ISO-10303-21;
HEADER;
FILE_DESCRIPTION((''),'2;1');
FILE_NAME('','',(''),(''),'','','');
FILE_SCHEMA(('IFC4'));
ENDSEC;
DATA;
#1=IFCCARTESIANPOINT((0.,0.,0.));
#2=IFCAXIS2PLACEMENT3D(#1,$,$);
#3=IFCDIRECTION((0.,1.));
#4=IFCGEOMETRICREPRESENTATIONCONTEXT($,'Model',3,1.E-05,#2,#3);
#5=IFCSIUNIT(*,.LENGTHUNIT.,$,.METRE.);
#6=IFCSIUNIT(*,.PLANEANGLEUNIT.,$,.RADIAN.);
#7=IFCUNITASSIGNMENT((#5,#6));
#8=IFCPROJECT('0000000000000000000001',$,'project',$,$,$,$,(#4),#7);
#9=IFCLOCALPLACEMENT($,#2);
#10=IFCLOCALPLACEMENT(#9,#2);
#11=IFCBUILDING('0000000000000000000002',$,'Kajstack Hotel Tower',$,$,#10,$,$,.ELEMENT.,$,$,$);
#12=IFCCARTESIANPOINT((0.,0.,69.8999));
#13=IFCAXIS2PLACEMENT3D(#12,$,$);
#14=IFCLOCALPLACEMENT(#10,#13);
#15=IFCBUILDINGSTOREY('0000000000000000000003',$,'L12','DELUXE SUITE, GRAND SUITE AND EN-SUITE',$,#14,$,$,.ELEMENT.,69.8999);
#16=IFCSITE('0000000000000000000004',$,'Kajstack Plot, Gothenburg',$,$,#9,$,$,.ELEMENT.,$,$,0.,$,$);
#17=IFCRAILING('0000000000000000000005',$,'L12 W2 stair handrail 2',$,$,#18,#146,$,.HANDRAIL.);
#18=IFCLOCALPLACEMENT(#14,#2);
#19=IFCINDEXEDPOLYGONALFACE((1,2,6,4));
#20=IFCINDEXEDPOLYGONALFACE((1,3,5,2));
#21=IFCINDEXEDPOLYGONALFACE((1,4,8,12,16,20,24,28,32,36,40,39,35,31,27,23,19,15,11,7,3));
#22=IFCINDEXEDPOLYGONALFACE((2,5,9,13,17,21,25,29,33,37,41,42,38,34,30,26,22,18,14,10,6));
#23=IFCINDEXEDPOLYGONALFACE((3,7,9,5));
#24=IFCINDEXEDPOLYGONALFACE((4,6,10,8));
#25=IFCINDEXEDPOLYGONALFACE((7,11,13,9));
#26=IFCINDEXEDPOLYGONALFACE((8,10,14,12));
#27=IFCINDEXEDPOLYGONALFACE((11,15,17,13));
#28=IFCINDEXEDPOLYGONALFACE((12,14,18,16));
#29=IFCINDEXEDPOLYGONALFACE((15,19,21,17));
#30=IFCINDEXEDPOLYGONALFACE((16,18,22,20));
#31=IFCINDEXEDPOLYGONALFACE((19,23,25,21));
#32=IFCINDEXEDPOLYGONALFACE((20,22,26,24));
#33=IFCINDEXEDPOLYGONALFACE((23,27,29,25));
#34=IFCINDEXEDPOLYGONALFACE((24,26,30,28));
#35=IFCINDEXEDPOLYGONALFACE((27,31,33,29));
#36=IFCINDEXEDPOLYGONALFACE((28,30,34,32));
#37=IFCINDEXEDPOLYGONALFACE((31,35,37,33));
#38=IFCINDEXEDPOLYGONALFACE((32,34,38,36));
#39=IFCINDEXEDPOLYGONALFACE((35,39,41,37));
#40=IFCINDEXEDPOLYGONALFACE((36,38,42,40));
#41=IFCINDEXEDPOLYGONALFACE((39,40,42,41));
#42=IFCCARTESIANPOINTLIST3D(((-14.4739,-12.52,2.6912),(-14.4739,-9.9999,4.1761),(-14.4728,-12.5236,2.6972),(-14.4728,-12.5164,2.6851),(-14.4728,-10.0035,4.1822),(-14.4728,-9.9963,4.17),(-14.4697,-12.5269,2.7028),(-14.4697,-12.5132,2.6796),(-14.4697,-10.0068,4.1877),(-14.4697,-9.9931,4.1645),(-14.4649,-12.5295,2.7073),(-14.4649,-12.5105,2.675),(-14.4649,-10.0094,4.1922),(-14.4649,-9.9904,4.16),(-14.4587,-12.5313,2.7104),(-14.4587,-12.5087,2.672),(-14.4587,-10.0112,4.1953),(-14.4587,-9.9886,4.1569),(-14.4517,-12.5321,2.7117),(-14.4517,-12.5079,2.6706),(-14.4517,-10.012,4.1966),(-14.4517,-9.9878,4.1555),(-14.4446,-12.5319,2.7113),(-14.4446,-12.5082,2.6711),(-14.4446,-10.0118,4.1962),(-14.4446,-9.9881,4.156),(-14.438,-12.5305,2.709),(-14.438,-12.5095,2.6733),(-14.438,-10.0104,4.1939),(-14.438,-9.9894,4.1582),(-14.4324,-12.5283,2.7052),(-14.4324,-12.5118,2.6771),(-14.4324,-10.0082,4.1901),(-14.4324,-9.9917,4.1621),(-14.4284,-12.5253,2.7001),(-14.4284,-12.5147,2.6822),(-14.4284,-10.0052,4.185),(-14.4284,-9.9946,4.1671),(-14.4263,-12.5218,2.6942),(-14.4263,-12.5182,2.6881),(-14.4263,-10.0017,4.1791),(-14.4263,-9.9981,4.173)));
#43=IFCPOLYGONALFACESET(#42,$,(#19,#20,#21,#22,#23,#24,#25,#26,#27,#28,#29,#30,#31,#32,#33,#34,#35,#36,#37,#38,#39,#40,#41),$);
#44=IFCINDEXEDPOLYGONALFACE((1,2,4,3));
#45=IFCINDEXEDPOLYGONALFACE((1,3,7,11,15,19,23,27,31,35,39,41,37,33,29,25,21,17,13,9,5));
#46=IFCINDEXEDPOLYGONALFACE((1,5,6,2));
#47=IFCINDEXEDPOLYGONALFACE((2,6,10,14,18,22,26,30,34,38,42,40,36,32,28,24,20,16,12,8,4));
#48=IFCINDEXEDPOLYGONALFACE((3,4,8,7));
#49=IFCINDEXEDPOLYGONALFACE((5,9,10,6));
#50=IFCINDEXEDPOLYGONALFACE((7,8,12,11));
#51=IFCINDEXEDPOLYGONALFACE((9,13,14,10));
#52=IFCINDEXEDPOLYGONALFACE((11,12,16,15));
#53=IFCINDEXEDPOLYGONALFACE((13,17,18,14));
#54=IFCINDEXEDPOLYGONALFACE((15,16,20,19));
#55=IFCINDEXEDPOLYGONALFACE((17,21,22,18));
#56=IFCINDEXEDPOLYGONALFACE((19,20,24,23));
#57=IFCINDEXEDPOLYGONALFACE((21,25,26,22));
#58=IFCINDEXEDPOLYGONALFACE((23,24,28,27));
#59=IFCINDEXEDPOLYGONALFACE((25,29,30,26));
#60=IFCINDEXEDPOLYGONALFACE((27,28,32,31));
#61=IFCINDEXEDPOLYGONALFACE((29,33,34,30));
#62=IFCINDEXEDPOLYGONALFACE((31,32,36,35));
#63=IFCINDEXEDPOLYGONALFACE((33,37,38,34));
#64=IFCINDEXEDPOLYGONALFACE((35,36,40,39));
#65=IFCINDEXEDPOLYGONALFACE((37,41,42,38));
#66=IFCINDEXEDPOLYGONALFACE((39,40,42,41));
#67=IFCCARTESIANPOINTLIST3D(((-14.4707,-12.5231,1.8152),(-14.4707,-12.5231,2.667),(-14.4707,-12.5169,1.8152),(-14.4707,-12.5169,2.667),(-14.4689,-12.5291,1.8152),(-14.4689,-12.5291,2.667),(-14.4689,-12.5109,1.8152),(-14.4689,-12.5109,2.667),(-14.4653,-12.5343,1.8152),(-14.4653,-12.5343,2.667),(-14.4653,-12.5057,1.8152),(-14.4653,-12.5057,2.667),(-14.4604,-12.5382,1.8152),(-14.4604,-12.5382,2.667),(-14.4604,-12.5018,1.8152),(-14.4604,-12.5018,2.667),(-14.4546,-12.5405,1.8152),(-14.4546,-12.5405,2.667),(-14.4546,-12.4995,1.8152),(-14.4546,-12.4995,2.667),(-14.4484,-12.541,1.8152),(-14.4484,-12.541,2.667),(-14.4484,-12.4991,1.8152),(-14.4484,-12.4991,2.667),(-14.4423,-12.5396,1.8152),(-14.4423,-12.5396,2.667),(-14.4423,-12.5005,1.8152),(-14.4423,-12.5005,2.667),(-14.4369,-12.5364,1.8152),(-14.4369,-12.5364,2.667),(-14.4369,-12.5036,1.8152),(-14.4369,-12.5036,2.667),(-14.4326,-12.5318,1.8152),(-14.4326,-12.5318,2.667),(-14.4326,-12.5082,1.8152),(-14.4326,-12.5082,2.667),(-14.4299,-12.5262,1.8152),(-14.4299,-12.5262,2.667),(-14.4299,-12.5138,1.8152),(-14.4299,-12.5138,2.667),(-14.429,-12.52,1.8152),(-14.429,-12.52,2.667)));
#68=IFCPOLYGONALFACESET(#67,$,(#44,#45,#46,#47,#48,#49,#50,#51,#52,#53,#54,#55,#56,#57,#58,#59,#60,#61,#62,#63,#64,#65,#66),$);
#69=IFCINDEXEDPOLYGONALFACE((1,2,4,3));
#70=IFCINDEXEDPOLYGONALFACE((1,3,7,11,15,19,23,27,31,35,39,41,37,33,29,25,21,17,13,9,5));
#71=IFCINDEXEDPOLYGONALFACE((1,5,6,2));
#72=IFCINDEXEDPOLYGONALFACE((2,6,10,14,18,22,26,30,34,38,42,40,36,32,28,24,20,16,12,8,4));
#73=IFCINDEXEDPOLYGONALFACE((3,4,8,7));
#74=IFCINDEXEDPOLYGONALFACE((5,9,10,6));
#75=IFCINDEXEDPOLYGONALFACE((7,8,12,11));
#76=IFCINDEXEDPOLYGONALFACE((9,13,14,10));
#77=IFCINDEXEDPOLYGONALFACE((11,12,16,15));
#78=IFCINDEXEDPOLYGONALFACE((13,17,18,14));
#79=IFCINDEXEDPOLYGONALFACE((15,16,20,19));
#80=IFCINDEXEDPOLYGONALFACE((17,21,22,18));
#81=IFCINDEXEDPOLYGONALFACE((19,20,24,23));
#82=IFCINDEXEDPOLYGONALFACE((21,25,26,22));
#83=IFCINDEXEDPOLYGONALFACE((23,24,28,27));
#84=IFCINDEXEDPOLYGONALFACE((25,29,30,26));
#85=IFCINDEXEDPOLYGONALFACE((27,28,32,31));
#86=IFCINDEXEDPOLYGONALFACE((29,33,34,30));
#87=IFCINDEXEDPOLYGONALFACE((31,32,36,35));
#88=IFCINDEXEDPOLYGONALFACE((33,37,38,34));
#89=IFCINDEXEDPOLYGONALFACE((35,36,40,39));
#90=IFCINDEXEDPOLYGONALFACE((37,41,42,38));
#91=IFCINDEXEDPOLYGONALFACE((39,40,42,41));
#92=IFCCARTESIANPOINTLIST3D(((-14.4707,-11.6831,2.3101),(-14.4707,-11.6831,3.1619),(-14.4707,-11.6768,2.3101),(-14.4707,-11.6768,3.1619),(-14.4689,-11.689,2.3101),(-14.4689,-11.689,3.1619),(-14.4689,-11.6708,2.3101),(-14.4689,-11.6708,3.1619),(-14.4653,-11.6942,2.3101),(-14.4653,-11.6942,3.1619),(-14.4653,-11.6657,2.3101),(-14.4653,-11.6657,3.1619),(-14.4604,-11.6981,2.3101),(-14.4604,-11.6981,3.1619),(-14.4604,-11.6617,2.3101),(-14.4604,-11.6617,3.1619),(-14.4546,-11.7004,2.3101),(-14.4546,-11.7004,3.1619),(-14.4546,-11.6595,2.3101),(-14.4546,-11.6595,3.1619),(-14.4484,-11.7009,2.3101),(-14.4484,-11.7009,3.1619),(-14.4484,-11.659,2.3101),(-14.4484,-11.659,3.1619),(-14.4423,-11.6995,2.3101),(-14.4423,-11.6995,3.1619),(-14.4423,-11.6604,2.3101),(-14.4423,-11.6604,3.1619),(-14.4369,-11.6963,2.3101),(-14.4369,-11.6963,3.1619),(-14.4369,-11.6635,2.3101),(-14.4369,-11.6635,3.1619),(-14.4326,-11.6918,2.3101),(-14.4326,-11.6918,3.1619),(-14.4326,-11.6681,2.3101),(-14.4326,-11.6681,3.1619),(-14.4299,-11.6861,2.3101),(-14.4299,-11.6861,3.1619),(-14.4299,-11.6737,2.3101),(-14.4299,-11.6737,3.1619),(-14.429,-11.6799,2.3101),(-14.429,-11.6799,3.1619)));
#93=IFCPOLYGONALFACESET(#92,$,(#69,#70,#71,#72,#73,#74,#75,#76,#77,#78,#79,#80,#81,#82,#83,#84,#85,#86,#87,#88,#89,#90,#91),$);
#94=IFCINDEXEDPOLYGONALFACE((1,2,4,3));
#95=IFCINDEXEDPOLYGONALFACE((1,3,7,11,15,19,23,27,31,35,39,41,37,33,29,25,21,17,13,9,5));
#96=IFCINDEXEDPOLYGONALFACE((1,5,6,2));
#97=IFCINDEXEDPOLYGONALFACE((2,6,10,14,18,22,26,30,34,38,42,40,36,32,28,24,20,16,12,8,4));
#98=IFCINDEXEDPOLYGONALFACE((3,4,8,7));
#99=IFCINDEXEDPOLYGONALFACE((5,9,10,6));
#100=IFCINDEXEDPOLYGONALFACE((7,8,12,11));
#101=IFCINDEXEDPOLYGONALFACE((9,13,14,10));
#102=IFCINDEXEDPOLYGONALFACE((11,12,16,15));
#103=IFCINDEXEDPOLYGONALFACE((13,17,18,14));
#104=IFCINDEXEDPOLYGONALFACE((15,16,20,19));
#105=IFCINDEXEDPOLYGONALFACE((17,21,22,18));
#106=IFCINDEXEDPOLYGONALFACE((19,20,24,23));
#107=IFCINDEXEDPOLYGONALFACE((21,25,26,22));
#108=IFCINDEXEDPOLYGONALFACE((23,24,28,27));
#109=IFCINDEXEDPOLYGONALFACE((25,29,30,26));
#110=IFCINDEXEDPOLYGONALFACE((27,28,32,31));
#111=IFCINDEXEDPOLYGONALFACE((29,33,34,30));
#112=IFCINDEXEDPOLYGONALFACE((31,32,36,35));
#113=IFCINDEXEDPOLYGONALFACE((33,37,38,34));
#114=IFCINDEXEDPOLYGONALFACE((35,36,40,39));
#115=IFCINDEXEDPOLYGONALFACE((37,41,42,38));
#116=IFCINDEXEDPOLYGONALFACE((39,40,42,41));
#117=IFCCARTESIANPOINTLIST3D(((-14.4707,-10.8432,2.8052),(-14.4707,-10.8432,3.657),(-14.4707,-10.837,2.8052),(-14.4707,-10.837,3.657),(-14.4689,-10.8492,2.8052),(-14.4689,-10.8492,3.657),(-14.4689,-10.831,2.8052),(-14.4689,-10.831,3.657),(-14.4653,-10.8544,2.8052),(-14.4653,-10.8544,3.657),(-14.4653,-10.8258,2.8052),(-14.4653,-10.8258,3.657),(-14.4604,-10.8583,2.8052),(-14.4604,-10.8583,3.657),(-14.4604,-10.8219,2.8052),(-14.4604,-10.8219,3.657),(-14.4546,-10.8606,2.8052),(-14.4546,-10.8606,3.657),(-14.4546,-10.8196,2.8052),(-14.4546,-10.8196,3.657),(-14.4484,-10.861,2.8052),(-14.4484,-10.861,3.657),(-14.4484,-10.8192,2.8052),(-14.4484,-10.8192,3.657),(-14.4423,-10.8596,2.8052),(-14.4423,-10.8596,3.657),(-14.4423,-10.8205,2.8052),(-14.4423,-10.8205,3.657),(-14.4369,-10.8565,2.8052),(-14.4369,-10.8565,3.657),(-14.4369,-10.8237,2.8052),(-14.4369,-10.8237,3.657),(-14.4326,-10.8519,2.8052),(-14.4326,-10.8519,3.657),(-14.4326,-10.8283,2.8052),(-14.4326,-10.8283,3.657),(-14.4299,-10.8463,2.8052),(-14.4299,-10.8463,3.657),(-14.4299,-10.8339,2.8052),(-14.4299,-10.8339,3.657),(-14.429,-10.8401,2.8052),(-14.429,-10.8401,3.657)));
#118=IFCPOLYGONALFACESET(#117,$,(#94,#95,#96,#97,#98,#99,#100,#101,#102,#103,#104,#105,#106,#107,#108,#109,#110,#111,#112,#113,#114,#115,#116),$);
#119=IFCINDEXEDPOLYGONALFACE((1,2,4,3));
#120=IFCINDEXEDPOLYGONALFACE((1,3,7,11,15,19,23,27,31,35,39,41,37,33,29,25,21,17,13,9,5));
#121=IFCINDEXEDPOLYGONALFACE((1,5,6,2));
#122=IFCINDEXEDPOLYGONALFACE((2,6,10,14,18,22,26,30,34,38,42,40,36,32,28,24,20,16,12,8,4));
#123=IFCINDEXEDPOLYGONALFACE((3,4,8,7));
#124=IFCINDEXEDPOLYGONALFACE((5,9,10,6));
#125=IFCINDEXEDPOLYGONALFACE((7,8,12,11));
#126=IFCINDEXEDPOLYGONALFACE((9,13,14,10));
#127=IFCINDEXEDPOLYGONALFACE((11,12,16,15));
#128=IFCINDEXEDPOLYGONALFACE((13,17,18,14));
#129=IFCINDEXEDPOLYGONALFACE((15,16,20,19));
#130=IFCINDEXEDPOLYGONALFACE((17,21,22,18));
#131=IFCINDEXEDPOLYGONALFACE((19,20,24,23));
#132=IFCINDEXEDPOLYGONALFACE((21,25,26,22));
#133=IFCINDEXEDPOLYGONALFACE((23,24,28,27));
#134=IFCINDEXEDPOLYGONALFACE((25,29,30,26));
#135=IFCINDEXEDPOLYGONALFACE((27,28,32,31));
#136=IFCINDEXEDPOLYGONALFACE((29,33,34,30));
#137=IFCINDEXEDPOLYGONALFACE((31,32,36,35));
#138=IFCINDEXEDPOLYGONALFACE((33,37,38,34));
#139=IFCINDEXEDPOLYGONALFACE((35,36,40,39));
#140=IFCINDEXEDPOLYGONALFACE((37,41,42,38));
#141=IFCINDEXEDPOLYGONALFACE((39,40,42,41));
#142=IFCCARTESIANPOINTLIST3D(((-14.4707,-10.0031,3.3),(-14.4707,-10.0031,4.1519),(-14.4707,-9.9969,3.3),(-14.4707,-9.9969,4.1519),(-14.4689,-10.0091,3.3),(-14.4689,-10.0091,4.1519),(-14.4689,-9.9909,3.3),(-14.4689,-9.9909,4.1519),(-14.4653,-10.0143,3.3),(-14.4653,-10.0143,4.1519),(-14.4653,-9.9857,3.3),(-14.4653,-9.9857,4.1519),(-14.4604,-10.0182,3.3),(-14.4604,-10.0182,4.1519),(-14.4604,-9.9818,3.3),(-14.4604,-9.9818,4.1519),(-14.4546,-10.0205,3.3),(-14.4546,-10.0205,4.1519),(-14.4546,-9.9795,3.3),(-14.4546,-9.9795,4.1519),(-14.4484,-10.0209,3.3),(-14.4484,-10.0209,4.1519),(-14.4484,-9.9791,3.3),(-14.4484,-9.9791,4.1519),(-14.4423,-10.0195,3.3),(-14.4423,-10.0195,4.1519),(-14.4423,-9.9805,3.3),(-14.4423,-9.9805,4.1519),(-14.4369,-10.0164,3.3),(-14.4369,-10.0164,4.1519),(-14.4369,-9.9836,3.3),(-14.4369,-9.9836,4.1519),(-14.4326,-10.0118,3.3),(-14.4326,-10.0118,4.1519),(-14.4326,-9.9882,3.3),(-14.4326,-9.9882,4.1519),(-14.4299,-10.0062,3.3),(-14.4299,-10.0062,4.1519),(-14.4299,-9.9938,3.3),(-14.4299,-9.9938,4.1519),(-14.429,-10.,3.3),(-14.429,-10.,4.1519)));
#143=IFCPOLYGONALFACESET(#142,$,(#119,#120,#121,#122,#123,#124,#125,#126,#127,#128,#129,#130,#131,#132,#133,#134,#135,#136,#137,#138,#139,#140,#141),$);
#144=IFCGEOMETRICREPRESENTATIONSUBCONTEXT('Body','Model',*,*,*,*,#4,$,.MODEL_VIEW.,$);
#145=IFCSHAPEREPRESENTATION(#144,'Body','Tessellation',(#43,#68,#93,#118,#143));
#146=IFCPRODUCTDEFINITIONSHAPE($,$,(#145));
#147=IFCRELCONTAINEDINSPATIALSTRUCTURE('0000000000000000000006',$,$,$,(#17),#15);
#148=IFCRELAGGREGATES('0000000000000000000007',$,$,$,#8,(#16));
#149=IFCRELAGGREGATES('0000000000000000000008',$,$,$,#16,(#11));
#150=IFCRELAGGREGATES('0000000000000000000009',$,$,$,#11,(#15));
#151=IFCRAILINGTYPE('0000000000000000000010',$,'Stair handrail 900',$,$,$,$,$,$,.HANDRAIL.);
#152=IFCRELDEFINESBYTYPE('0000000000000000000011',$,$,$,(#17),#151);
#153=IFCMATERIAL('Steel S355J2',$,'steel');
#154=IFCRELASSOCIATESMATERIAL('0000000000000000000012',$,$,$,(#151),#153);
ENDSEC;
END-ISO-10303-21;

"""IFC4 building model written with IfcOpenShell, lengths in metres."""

from ifc_helpers import new_model, si_unit, direction, frame, origin, origin_2d, place, context, subcontext, project, spatial, circle, extrude, material, type_object, element, save


model = new_model("IFC4")

# Units and contexts
model_context = context("Model", 3, precision=1e-05, world=origin(), true_north=direction((0.0, 1.0)))
body_context = subcontext(model_context, "Body", "Model", "MODEL_VIEW")
ifc_project = project(units=[si_unit("LENGTHUNIT", "METRE"), si_unit("PLANEANGLEUNIT", "RADIAN")], contexts=[model_context])

# Site, building, storey
site_placement = place(None, origin())
site = spatial("IfcSite", under=ifc_project, at=site_placement, Name="Kajstack Plot, Gothenburg", CompositionType="ELEMENT", RefElevation=0.0)
building_placement = place(site_placement, origin())
building = spatial("IfcBuilding", under=site, at=building_placement, Name="Kajstack Hotel Tower", CompositionType="ELEMENT")
storey_placement = place(building_placement, frame((0.0, 0.0, 69.8999)))
storey = spatial("IfcBuildingStorey", under=building, at=storey_placement, Name="L12", Description="DELUXE SUITE, GRAND SUITE AND EN-SUITE", CompositionType="ELEMENT", Elevation=69.8999)

# Railing
ifc_material_1 = material(Name="Steel S355J2", Category="steel")
railing_type_1 = type_object("IfcRailingType", Name="Stair handrail 900", PredefinedType="HANDRAIL", material=ifc_material_1)
railing_1_placement = place(storey_placement, frame((-14.45, -12.52, 1.8152)))
element("IfcRailing", 1, at=railing_1_placement, inside=storey, type_object=railing_type_1, Name="L12 W2 stair handrail 2", PredefinedType="HANDRAIL", context=body_context, shape_type="SweptSolid", body=[
    extrude(circle(Radius=0.0239, at=origin_2d()), frame((0.0, 0.0, 0.876), z_axis=(0.0, 0.861561, 0.507655), x_axis=(-1.0, 0.0, 0.0)), (0.0, 0.0, 1.0), 2.925),
    extrude(circle(Radius=0.021, at=origin_2d()), origin(), (0.0, 0.0, 1.0), 0.8518),
    extrude(circle(Radius=0.021, at=origin_2d()), frame((0.0, 0.8401, 0.4949)), (0.0, 0.0, 1.0), 0.8518),
    extrude(circle(Radius=0.021, at=origin_2d()), frame((0.0, 1.6799, 0.99)), (0.0, 0.0, 1.0), 0.8518),
    extrude(circle(Radius=0.021, at=origin_2d()), frame((0.0, 2.52, 1.4849)), (0.0, 0.0, 1.0), 0.8518),
])

save(model, "model.ifc")
